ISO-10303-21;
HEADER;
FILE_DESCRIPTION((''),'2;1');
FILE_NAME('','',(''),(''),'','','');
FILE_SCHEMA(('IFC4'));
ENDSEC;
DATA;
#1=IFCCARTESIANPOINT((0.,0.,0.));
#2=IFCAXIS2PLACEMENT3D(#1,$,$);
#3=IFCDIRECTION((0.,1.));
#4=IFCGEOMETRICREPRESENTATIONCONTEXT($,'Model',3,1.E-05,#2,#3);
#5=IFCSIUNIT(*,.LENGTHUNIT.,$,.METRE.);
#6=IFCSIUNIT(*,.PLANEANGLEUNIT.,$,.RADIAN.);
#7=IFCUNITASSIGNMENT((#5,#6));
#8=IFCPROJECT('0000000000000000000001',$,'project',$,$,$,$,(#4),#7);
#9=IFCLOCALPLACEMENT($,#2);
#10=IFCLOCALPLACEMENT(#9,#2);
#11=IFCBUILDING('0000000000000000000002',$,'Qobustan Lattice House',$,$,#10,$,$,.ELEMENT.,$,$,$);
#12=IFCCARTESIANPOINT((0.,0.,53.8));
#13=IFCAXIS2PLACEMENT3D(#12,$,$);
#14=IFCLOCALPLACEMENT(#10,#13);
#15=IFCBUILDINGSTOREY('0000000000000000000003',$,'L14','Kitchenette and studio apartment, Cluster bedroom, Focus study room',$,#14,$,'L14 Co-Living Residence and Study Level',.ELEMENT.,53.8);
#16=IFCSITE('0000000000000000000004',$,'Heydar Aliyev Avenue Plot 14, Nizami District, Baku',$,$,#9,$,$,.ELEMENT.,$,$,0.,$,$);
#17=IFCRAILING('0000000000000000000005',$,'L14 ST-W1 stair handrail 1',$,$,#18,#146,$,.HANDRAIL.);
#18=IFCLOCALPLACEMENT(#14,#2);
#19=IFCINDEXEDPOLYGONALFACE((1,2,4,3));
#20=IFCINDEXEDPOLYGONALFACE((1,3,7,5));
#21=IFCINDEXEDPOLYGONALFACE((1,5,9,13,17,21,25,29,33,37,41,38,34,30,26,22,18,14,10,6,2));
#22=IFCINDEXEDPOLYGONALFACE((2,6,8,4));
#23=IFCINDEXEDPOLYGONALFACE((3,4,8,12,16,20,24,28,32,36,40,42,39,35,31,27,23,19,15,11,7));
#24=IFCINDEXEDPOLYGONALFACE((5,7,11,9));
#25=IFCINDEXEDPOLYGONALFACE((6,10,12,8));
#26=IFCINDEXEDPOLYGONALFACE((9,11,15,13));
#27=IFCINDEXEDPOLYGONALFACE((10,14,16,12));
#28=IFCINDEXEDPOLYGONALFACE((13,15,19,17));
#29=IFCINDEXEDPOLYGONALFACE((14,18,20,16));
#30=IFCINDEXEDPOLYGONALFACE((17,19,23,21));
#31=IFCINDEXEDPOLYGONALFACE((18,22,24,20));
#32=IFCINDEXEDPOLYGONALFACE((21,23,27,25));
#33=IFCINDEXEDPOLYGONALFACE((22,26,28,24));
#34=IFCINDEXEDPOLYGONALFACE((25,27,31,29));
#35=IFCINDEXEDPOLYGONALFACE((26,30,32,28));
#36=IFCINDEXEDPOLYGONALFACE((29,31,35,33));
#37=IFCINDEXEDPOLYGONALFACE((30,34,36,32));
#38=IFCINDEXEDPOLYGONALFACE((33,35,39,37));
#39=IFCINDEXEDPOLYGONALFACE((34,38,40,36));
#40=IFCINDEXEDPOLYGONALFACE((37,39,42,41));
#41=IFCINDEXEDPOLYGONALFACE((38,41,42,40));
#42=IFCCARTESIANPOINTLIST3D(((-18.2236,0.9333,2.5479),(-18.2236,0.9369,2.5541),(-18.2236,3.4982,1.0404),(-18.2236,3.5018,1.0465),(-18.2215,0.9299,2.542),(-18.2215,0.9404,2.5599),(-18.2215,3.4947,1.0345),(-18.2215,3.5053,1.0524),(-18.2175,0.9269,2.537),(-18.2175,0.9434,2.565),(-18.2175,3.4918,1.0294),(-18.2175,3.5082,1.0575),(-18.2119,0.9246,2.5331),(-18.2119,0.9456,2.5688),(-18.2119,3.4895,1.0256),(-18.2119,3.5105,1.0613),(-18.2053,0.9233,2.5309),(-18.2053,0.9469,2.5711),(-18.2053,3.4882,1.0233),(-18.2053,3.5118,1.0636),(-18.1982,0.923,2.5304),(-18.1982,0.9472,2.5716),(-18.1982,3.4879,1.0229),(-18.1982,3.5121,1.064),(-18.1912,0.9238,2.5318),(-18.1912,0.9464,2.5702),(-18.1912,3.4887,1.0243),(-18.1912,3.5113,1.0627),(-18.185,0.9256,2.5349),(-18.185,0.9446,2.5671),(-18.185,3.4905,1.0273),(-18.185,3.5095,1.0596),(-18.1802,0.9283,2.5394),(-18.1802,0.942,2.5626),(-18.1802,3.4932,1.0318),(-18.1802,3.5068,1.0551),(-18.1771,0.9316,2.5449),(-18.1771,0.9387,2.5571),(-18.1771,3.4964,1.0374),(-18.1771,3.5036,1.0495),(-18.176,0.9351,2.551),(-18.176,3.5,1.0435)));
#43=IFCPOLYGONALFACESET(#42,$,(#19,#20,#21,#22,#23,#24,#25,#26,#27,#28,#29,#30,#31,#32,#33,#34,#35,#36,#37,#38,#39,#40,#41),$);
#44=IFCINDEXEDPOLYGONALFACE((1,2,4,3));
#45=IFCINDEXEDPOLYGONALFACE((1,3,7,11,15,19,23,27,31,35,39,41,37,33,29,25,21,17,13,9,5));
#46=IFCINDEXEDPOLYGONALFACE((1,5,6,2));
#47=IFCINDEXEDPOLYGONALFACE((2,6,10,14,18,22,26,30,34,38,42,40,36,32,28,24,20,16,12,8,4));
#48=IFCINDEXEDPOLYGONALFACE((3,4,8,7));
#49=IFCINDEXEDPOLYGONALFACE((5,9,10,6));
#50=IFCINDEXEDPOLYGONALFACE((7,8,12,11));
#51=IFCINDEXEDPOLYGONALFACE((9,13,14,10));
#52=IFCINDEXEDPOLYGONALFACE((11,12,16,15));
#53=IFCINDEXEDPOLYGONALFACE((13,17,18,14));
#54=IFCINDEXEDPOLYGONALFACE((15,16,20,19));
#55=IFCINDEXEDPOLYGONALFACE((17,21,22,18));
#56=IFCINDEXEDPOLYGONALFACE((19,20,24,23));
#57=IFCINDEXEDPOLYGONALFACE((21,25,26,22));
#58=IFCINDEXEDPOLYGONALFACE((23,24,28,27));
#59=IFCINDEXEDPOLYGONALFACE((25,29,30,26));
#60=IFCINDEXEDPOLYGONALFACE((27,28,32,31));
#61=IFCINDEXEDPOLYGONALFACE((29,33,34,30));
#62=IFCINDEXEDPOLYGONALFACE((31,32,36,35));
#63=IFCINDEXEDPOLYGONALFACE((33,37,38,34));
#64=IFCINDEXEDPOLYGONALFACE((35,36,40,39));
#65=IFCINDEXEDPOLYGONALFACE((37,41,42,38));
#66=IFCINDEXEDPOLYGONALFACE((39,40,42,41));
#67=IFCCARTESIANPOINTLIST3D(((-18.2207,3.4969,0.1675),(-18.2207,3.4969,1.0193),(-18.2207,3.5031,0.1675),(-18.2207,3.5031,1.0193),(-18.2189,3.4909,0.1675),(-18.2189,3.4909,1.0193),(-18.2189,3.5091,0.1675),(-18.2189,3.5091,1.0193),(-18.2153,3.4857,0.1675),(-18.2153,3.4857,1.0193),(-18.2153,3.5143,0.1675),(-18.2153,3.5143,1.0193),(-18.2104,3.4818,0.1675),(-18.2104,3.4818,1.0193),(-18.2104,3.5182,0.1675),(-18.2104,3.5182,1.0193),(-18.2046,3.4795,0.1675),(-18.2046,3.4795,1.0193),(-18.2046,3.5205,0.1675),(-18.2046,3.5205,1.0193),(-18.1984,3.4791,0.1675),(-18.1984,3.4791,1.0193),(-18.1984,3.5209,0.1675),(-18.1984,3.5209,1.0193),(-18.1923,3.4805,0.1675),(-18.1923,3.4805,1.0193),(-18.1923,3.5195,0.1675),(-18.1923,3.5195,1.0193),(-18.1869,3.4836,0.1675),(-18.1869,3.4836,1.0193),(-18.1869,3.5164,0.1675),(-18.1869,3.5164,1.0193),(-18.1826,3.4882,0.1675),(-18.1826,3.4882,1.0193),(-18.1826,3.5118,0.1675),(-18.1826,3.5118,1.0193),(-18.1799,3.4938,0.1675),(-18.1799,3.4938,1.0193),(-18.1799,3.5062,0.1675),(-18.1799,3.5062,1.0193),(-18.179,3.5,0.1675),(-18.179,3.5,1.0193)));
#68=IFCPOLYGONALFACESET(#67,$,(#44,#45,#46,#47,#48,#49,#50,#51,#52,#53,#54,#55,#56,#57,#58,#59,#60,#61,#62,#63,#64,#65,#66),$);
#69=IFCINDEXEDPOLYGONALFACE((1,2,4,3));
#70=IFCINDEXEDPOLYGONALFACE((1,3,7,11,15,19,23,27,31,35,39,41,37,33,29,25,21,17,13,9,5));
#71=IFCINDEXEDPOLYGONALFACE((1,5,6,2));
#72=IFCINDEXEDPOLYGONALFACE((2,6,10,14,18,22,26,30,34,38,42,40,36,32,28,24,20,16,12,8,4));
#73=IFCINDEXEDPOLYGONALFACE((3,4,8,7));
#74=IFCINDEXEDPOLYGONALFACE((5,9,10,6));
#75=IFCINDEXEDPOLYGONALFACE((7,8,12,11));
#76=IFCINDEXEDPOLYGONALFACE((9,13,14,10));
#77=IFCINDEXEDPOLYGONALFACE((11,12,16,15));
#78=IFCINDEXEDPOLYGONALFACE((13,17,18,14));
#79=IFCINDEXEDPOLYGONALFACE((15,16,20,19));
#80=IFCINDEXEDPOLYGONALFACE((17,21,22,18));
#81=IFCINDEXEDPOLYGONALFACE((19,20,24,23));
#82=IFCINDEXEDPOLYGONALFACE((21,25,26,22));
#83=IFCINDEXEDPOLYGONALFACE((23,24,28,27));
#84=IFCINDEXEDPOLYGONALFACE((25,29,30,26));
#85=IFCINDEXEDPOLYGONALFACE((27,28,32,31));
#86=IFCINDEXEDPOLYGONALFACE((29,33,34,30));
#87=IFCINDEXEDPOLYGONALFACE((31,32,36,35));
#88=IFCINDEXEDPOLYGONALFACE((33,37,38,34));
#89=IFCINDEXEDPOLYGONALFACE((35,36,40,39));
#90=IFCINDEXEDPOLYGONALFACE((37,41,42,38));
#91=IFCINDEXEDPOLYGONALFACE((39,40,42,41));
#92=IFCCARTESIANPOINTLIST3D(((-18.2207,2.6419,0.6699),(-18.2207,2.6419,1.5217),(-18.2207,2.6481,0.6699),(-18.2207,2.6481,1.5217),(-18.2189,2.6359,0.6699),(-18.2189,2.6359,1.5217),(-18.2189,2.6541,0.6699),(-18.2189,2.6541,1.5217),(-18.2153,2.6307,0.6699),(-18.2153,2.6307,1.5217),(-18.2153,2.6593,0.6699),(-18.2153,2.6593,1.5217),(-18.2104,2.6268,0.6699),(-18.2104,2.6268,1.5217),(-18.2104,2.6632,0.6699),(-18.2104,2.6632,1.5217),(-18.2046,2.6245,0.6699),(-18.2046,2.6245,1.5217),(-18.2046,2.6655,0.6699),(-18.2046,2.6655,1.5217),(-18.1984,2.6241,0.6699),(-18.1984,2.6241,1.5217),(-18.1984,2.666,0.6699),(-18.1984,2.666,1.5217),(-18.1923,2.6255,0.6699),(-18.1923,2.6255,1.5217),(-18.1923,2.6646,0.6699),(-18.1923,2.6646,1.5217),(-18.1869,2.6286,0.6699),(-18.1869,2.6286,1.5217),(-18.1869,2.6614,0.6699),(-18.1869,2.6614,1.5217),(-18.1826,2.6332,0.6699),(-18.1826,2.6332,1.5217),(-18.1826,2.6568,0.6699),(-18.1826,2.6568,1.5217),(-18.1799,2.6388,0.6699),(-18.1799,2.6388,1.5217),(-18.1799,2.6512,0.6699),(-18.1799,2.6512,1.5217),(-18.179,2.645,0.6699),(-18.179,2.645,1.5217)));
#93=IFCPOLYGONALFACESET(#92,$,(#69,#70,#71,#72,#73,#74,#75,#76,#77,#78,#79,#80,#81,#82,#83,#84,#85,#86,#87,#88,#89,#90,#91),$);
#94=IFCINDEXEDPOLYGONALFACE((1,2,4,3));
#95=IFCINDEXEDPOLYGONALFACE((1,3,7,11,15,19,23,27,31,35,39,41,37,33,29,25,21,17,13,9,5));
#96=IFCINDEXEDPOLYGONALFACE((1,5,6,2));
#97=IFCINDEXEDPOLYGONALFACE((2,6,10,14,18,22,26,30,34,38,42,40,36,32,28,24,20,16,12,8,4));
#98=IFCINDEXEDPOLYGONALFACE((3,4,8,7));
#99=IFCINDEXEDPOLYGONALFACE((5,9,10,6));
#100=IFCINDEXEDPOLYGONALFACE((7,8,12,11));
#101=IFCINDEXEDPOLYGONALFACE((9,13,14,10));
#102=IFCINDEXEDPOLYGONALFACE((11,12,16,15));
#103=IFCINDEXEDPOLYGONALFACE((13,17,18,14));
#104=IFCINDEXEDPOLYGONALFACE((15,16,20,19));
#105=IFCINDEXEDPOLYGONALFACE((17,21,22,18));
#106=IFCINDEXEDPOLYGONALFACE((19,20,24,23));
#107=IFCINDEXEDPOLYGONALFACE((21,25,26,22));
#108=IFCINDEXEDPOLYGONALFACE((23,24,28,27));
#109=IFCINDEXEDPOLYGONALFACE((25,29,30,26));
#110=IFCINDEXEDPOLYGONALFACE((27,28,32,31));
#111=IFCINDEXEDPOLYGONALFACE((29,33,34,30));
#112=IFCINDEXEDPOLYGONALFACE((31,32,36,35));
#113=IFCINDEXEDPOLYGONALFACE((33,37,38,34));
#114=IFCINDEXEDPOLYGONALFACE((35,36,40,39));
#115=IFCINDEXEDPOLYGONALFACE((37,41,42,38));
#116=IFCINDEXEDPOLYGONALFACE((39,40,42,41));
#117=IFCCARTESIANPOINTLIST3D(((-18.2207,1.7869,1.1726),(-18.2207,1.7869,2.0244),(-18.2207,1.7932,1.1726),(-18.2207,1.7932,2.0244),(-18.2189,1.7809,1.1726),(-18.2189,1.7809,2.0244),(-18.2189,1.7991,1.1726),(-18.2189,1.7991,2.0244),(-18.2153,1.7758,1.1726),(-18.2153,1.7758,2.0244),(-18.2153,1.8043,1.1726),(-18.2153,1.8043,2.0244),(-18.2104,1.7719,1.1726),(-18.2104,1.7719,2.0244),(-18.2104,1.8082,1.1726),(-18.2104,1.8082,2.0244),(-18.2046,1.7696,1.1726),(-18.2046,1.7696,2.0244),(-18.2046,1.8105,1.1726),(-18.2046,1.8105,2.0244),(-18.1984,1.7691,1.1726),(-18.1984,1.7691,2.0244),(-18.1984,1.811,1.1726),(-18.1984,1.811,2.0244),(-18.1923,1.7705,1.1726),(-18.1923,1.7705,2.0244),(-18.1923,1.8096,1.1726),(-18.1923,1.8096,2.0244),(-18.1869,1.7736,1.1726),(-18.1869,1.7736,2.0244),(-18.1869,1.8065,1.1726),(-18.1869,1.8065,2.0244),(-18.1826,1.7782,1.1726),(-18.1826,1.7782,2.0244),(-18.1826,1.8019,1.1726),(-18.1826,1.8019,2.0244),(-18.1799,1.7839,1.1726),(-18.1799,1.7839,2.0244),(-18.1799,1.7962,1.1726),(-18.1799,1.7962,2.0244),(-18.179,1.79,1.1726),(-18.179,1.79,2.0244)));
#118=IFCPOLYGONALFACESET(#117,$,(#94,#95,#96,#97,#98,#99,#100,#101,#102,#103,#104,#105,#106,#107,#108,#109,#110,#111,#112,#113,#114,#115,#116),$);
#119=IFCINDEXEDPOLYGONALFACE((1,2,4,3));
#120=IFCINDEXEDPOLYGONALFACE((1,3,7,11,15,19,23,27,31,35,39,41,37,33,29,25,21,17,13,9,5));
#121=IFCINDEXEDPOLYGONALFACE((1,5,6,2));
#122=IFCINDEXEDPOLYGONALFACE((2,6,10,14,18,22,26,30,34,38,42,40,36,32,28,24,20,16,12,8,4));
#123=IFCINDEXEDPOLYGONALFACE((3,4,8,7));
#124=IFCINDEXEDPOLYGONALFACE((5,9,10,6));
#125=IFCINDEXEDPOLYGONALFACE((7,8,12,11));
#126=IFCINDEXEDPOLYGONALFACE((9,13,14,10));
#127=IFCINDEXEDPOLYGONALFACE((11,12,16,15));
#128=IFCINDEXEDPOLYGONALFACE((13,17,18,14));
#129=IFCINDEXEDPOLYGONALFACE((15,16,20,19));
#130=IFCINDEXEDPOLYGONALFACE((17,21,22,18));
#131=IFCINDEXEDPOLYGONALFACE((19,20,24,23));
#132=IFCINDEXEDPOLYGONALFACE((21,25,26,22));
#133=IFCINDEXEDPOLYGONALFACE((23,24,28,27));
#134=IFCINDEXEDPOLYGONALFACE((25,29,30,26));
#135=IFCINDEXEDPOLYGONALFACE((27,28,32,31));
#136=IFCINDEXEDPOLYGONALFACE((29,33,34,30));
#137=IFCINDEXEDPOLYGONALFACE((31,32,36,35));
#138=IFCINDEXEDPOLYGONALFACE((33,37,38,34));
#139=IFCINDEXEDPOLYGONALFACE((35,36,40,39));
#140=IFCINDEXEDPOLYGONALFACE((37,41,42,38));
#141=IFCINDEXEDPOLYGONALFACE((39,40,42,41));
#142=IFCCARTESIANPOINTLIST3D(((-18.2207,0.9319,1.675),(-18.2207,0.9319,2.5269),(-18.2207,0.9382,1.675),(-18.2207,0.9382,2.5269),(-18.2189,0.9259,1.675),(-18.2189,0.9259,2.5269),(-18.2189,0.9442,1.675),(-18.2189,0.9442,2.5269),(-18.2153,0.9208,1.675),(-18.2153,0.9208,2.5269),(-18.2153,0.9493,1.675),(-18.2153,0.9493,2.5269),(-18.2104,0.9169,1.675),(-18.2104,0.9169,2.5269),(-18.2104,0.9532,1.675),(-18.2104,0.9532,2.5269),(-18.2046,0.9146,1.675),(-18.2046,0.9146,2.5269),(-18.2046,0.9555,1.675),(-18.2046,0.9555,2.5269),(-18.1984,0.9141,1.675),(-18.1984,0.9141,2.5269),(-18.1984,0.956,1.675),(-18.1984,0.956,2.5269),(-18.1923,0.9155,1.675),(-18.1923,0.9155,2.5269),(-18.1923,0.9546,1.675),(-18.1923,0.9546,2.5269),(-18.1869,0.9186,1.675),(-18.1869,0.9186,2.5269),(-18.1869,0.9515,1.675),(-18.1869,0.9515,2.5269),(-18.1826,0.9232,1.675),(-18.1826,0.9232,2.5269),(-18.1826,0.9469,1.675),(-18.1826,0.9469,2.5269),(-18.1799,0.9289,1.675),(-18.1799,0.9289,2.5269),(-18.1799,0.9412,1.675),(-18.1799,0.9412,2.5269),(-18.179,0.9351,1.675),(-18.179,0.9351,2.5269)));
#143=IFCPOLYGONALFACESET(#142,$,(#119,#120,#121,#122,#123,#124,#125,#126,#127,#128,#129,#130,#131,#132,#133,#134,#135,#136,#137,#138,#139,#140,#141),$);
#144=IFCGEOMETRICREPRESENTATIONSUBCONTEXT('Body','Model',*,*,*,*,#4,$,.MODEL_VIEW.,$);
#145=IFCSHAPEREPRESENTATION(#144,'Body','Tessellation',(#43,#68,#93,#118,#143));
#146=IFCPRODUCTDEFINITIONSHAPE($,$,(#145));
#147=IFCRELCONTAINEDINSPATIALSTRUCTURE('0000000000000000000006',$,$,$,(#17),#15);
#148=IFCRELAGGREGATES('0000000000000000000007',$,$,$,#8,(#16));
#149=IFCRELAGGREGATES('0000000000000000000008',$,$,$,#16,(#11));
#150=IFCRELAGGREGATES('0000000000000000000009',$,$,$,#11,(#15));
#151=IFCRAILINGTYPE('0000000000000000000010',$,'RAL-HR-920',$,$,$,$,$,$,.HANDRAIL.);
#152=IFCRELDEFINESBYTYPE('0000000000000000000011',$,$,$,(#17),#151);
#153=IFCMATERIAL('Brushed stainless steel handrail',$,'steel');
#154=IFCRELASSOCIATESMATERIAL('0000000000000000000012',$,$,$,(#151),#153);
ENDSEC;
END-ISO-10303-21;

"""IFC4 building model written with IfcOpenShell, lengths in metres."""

from ifc_helpers import new_model, si_unit, direction, frame, origin, origin_2d, place, context, subcontext, project, spatial, circle, extrude, material, type_object, element, save


model = new_model("IFC4")

# Units and contexts
model_context = context("Model", 3, precision=1e-05, world=origin(), true_north=direction((0.0, 1.0)))
body_context = subcontext(model_context, "Body", "Model", "MODEL_VIEW")
ifc_project = project(units=[si_unit("LENGTHUNIT", "METRE"), si_unit("PLANEANGLEUNIT", "RADIAN")], contexts=[model_context])

# Site, building, storey
site_placement = place(None, origin())
site = spatial("IfcSite", under=ifc_project, at=site_placement, Name="Heydar Aliyev Avenue Plot 14, Nizami District, Baku", CompositionType="ELEMENT", RefElevation=0.0)
building_placement = place(site_placement, origin())
building = spatial("IfcBuilding", under=site, at=building_placement, Name="Qobustan Lattice House", CompositionType="ELEMENT")
storey_placement = place(building_placement, frame((0.0, 0.0, 53.8)))
storey = spatial("IfcBuildingStorey", under=building, at=storey_placement, Name="L14", Description="Kitchenette and studio apartment, Cluster bedroom, Focus study room", LongName="L14 Co-Living Residence and Study Level", CompositionType="ELEMENT", Elevation=53.8)

# Railing
ifc_material_1 = material(Name="Brushed stainless steel handrail", Category="steel")
railing_type_1 = type_object("IfcRailingType", Name="RAL-HR-920", PredefinedType="HANDRAIL", material=ifc_material_1)
railing_1_placement = place(storey_placement, frame((-18.2, 3.5, 0.1675)))
element("IfcRailing", 1, at=railing_1_placement, inside=storey, type_object=railing_type_1, Name="L14 ST-W1 stair handrail 1", PredefinedType="HANDRAIL", context=body_context, shape_type="SweptSolid", body=[
    extrude(circle(Radius=0.0239, at=origin_2d()), frame((0.0, 0.0, 0.876), z_axis=(0.0, -0.862113, 0.506715), x_axis=(1.0, 0.0, 0.0)), (0.0, 0.0, 1.0), 2.9751),
    extrude(circle(Radius=0.021, at=origin_2d()), origin(), (0.0, 0.0, 1.0), 0.8518),
    extrude(circle(Radius=0.021, at=origin_2d()), frame((0.0, -0.855, 0.5024)), (0.0, 0.0, 1.0), 0.8518),
    extrude(circle(Radius=0.021, at=origin_2d()), frame((0.0, -1.71, 1.0051)), (0.0, 0.0, 1.0), 0.8518),
    extrude(circle(Radius=0.021, at=origin_2d()), frame((0.0, -2.5649, 1.5076)), (0.0, 0.0, 1.0), 0.8518),
])

save(model, "model.ifc")
